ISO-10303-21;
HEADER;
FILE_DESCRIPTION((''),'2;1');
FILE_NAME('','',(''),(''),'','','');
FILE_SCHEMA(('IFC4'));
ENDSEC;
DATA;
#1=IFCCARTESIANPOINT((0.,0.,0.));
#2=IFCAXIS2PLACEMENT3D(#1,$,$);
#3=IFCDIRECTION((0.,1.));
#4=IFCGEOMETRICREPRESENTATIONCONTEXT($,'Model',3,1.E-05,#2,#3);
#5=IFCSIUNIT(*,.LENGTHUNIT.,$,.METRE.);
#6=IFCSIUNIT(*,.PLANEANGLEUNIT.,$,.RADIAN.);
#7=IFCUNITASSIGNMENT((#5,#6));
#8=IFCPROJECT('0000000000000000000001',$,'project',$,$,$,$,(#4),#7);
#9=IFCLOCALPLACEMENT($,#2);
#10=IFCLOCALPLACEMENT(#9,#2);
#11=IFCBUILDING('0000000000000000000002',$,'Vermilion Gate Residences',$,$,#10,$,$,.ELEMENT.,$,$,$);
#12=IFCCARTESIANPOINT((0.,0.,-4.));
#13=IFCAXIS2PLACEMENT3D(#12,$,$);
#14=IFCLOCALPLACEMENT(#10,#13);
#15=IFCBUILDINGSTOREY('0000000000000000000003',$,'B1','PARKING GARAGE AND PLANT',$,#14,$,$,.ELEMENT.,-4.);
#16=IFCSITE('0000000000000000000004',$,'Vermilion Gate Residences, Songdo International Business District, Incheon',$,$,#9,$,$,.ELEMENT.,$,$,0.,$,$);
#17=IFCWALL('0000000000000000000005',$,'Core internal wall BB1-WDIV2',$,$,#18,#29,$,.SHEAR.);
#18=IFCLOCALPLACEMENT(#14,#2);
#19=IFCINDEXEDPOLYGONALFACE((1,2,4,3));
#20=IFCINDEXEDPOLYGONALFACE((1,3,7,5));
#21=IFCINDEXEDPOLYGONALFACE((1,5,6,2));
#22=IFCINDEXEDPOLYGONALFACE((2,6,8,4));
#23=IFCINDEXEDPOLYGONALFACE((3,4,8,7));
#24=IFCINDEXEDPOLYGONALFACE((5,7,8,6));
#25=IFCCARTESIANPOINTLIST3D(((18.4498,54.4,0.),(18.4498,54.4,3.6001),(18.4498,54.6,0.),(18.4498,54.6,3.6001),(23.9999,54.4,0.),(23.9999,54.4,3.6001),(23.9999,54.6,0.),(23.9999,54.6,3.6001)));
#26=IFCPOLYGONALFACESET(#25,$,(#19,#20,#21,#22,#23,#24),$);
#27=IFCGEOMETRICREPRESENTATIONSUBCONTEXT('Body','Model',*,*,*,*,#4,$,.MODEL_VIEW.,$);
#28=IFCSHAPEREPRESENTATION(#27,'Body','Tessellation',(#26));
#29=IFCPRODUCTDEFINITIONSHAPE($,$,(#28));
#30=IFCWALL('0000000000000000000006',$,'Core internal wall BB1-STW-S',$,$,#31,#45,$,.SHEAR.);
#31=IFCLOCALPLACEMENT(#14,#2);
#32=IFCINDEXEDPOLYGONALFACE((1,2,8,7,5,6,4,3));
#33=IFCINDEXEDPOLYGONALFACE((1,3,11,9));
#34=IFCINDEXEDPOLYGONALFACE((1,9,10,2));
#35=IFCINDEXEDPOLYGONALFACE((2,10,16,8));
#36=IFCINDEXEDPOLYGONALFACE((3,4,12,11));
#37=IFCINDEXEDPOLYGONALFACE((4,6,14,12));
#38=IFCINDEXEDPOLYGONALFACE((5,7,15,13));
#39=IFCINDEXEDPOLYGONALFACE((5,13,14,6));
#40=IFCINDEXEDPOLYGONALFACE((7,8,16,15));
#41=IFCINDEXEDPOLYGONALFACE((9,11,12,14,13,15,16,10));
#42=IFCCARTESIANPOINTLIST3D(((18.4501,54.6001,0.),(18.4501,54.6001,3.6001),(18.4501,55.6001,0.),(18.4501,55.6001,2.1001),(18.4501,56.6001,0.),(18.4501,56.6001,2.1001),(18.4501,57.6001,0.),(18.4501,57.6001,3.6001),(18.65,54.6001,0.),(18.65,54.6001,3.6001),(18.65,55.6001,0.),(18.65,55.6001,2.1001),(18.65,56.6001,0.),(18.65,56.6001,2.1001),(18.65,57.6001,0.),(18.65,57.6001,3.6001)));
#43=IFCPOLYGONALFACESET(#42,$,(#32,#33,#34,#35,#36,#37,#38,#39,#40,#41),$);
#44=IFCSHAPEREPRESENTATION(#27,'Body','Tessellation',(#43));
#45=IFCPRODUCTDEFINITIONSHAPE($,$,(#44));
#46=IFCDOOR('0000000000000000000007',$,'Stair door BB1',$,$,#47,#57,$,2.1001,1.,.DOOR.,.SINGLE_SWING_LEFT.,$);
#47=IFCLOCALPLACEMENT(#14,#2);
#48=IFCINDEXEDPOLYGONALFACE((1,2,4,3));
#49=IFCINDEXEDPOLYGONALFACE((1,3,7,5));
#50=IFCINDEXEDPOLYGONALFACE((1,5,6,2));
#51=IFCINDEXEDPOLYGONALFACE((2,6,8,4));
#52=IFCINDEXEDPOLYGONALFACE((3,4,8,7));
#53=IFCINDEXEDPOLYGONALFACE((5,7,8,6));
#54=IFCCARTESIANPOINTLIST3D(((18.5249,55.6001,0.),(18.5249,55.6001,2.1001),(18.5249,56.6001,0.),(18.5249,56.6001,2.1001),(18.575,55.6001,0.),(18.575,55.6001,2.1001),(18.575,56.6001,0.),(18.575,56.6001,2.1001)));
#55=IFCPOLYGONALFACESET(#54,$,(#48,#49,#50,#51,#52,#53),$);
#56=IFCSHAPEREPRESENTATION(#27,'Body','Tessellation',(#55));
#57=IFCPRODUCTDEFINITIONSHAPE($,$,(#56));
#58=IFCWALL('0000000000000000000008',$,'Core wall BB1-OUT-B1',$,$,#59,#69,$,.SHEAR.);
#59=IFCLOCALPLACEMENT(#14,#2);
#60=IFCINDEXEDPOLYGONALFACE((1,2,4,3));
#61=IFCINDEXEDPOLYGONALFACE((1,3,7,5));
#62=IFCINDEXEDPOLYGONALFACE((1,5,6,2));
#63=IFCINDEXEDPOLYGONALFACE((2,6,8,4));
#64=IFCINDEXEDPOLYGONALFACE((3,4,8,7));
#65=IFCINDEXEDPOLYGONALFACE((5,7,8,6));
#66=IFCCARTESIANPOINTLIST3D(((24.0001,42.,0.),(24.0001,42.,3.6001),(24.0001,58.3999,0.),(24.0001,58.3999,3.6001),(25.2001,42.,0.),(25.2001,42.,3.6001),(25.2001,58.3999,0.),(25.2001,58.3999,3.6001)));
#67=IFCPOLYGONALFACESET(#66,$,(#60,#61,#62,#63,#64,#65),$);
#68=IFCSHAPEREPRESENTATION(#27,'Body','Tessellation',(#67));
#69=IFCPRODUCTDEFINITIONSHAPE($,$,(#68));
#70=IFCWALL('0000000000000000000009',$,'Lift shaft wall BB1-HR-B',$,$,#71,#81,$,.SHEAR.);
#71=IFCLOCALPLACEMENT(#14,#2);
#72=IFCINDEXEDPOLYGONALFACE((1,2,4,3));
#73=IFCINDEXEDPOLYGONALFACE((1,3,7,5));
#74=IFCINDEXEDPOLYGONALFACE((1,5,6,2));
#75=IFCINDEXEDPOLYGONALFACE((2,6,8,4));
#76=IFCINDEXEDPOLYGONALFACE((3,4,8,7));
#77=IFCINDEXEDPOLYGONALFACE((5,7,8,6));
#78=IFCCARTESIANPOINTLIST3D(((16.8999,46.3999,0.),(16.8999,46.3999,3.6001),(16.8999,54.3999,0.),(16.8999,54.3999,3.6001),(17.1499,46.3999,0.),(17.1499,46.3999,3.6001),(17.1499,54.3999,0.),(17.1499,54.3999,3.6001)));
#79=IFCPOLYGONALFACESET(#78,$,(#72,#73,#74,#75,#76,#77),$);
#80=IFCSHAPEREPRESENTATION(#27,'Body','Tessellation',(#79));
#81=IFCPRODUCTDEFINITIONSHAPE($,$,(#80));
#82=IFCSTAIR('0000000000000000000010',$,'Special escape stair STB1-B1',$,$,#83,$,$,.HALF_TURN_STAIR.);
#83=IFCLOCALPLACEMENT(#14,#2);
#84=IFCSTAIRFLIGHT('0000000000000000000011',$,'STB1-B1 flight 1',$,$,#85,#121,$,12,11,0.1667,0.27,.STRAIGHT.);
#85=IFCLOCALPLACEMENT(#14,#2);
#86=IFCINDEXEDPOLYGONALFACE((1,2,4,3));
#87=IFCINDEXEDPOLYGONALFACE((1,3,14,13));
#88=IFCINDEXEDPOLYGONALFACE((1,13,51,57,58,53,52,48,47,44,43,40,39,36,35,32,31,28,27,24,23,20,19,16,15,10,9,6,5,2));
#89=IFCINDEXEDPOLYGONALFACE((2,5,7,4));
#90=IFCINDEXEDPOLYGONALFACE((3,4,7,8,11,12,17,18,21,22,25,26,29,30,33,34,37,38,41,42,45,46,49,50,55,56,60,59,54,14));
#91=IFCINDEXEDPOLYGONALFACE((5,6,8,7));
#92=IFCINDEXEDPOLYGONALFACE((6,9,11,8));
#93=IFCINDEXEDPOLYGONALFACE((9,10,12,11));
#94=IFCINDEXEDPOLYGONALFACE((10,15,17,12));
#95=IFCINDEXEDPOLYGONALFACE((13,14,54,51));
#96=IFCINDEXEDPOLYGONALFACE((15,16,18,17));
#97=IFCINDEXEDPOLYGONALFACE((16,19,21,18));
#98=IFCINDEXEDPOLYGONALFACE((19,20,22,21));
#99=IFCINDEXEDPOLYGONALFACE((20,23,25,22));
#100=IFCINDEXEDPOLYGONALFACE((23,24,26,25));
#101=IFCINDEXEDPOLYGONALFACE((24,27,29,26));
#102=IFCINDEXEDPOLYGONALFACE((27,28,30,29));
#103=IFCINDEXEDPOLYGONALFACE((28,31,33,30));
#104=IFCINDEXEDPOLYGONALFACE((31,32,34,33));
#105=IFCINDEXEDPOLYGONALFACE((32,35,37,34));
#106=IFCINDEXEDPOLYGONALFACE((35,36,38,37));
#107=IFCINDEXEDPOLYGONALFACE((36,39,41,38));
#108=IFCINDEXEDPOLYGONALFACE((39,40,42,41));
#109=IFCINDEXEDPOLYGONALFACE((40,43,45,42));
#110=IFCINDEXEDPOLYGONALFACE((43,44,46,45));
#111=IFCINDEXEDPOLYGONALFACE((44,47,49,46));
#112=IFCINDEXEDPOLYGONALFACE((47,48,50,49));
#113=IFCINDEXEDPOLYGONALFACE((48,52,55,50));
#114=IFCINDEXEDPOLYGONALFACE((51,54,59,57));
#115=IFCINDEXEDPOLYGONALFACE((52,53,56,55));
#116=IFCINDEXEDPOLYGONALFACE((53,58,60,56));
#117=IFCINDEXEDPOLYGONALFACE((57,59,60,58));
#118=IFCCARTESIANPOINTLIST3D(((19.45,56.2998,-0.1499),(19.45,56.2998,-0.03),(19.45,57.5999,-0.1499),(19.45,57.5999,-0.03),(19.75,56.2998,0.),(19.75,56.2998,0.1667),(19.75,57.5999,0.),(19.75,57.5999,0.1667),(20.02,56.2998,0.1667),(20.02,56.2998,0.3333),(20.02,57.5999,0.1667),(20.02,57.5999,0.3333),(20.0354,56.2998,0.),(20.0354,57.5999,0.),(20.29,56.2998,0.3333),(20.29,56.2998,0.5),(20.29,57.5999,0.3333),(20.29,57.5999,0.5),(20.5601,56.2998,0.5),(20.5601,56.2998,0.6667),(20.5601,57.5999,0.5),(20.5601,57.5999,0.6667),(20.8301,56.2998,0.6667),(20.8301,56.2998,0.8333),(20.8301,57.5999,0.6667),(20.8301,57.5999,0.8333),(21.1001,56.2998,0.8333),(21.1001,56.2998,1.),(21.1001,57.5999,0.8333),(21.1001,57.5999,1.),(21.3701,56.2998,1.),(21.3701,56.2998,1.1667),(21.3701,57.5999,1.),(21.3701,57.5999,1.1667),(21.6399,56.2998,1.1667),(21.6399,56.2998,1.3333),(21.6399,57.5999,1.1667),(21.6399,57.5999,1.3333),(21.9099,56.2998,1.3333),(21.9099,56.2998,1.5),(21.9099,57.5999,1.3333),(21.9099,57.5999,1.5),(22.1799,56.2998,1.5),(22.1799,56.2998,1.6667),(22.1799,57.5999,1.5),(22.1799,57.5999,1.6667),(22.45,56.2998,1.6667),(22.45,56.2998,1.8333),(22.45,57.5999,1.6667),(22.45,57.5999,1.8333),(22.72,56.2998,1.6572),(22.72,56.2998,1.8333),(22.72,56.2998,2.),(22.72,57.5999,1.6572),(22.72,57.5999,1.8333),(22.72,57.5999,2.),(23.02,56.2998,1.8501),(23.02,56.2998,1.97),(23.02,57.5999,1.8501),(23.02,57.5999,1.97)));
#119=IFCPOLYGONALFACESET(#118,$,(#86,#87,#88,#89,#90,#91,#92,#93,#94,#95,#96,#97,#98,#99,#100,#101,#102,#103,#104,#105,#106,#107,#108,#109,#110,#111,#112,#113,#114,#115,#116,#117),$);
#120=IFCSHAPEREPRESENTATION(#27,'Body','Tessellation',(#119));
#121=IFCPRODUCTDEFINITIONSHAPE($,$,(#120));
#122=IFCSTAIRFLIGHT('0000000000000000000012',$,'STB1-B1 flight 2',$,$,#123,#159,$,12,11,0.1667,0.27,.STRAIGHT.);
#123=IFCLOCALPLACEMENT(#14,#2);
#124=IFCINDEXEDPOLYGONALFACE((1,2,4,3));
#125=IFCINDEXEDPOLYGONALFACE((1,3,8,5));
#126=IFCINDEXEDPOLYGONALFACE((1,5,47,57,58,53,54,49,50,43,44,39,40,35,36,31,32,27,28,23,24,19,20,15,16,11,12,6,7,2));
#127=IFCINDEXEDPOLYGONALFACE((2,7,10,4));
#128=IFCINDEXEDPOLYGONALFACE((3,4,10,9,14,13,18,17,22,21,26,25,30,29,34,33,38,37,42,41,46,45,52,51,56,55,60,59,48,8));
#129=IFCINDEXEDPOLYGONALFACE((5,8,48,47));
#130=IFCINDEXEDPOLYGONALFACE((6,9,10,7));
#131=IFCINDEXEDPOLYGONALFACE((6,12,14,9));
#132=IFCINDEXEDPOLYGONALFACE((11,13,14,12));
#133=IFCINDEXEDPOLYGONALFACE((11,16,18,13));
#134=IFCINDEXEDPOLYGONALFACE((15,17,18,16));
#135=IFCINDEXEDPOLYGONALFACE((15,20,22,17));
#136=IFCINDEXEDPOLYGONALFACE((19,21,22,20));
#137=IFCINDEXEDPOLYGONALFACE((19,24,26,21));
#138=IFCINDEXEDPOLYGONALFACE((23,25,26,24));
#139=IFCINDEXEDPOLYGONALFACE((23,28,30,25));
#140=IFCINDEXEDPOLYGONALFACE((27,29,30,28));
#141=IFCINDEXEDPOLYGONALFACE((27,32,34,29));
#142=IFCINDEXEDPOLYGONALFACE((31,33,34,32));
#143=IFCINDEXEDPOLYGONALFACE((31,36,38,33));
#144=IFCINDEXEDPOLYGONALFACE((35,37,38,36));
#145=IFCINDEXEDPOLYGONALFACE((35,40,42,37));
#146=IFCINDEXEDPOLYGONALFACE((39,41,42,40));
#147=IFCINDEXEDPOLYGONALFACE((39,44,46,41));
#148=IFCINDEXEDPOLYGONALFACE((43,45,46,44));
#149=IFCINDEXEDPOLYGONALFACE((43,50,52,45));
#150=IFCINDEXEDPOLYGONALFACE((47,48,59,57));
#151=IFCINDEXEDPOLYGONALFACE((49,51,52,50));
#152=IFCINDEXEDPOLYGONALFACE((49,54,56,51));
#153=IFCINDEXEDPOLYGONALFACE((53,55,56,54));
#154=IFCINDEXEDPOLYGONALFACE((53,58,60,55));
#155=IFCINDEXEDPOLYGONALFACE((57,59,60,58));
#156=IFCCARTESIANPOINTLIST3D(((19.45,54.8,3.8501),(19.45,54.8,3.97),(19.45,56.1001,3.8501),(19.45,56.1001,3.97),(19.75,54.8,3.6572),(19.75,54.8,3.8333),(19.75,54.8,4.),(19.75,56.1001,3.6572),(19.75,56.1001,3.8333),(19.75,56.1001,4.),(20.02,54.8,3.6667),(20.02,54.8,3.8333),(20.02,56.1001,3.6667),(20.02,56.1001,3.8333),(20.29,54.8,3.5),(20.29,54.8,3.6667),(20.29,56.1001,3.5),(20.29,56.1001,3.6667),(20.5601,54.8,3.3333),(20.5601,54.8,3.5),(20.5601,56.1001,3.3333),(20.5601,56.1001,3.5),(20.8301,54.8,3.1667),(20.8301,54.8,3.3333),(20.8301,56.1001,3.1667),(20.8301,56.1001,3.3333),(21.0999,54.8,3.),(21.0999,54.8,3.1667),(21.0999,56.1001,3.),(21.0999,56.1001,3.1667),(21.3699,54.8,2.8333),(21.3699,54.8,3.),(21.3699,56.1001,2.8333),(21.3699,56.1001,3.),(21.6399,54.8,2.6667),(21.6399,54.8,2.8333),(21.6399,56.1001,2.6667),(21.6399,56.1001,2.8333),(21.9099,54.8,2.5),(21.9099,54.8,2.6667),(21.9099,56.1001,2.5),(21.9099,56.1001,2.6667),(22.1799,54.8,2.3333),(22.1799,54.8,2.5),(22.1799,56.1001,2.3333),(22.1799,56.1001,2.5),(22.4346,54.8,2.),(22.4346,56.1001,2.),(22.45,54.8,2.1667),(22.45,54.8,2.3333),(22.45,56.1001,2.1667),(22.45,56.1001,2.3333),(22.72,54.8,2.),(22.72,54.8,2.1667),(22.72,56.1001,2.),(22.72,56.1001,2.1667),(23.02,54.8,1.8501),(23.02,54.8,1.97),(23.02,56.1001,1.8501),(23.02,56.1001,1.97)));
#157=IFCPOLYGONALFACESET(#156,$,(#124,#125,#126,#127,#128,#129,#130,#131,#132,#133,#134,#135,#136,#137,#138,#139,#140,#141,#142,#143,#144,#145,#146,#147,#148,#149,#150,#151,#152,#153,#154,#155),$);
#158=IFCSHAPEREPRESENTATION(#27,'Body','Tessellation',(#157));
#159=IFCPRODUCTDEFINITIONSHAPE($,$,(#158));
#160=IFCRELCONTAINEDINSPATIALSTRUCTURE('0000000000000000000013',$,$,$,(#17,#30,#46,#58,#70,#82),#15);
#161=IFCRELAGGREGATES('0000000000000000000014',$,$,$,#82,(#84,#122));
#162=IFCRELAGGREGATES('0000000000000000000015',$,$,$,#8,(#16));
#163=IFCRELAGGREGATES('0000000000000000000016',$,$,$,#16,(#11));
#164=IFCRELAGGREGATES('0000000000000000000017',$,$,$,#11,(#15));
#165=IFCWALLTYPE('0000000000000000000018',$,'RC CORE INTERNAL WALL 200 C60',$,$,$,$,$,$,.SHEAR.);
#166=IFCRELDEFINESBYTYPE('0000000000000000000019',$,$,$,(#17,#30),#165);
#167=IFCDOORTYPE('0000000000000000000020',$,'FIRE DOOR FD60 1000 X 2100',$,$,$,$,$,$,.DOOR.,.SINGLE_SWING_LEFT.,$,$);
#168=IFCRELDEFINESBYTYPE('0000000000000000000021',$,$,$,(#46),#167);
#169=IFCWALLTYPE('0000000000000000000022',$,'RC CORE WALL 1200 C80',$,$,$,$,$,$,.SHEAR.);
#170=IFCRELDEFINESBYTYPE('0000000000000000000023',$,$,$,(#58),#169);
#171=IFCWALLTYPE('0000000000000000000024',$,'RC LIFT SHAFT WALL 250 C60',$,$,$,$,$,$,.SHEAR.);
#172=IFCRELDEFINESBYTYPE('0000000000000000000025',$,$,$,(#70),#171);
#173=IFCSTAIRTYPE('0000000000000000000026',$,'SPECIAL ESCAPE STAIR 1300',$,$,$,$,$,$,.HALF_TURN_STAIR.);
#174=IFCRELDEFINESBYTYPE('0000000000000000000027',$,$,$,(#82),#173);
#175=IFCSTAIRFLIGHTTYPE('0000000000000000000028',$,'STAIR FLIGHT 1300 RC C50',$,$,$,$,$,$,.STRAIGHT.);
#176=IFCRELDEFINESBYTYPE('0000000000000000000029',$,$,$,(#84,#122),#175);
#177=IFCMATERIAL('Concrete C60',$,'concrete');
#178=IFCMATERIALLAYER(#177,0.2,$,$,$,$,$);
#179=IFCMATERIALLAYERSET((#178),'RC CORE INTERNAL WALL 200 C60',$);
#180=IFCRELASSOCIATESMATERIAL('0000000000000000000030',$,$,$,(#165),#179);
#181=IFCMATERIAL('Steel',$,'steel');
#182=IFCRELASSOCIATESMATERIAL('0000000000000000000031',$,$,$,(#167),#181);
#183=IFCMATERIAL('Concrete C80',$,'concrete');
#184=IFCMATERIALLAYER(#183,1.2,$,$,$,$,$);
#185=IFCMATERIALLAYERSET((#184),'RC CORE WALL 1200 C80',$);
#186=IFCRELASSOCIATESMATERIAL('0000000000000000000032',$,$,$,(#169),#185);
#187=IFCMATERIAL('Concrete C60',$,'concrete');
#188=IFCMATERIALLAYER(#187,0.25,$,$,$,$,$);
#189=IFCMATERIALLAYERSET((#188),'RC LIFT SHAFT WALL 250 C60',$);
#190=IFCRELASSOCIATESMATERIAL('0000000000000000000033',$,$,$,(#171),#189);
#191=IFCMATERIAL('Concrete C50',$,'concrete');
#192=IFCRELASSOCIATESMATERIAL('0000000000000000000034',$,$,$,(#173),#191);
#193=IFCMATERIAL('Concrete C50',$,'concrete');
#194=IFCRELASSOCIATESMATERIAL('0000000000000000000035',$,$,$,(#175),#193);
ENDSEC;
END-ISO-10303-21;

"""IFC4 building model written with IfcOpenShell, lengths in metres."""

from ifc_helpers import new_model, si_unit, direction, frame, frame_2d, origin, place, context, subcontext, project, spatial, polyline, rectangle, outline, extrude, material, layer, layer_set, type_object, element, fill, aggregate, save


model = new_model("IFC4")

# Units and contexts
model_context = context("Model", 3, precision=1e-05, world=origin(), true_north=direction((0.0, 1.0)))
body_context = subcontext(model_context, "Body", "Model", "MODEL_VIEW")
ifc_project = project(units=[si_unit("LENGTHUNIT", "METRE"), si_unit("PLANEANGLEUNIT", "RADIAN")], contexts=[model_context])

# Site, building, storey
site_placement = place(None, origin())
site = spatial("IfcSite", under=ifc_project, at=site_placement, Name="Vermilion Gate Residences, Songdo International Business District, Incheon", CompositionType="ELEMENT", RefElevation=0.0)
building_placement = place(site_placement, origin())
building = spatial("IfcBuilding", under=site, at=building_placement, Name="Vermilion Gate Residences", CompositionType="ELEMENT")
storey_placement = place(building_placement, frame((0.0, 0.0, -4.0)))
storey = spatial("IfcBuildingStorey", under=building, at=storey_placement, Name="B1", Description="PARKING GARAGE AND PLANT", CompositionType="ELEMENT", Elevation=-4.0)

# Shared definitions
ifc_material_1 = material(Name="Concrete C60", Category="concrete")
ifc_layer_1 = layer(ifc_material_1, 0.2)
ifc_layer_set_1 = layer_set([ifc_layer_1], Name="RC CORE INTERNAL WALL 200 C60")
wall_type_1 = type_object("IfcWallType", Name="RC CORE INTERNAL WALL 200 C60", PredefinedType="SHEAR", material=ifc_layer_set_1)

# Wall
wall_1_placement = place(storey_placement, frame((18.45, 54.5, 0.0), z_axis=(0.0, 0.0, 1.0), x_axis=(1.0, 0.0, 0.0)))
element("IfcWall", 1, at=wall_1_placement, inside=storey, type_object=wall_type_1, Name="Core internal wall BB1-WDIV2", PredefinedType="SHEAR", context=body_context, shape_type="SweptSolid", body=[
    extrude(rectangle(XDim=5.55, YDim=0.2, at=frame_2d((2.7749, 0.0))), origin(), (0.0, 0.0, 1.0), 3.6001),
])

# Wall, opening, door
wall_2_placement = place(storey_placement, frame((18.55, 57.6001, 0.0), z_axis=(0.0, 0.0, 1.0), x_axis=(0.0, -1.0, 0.0)))
wall_2 = element("IfcWall", 2, at=wall_2_placement, inside=storey, type_object=wall_type_1, Name="Core internal wall BB1-STW-S", PredefinedType="SHEAR", context=body_context, shape_type="SweptSolid", body=[
    extrude(rectangle(XDim=3.0, YDim=0.2, at=frame_2d((1.5, 0.0))), origin(), (0.0, 0.0, 1.0), 3.6001),
])
opening_1_placement = place(wall_2_placement, frame((1.0, 0.0, 0.0)))
opening_1 = element("IfcOpeningElement", 3, at=opening_1_placement, cuts=wall_2, PredefinedType="OPENING", context=body_context, shape_type="SweptSolid", body=[
    extrude(rectangle(XDim=1.0, YDim=2.1001, at=frame_2d((0.5, 1.05))), frame((0.0, 0.1099, 0.0), z_axis=(0.0, -1.0, 0.0), x_axis=(1.0, 0.0, 0.0)), (0.0, 0.0, 1.0), 0.22),
])
ifc_material_2 = material(Name="Steel", Category="steel")
door_type_1 = type_object("IfcDoorType", Name="FIRE DOOR FD60 1000 X 2100", OperationType="SINGLE_SWING_LEFT", PredefinedType="DOOR", material=ifc_material_2)
door_1_placement = place(opening_1_placement, origin())
door_1 = element("IfcDoor", 4, at=door_1_placement, inside=storey, type_object=door_type_1, Name="Stair door BB1", OperationType="SINGLE_SWING_LEFT", OverallHeight=2.1001, OverallWidth=1.0, PredefinedType="DOOR", context=body_context, shape_type="SweptSolid", body=[
    extrude(rectangle(XDim=1.0, YDim=2.1001, at=frame_2d((0.5, 1.05))), frame((0.0, 0.0249, 0.0), z_axis=(0.0, -1.0, 0.0), x_axis=(1.0, 0.0, 0.0)), (0.0, 0.0, 1.0), 0.05),
])
fill(opening_1, door_1)

# Walls
ifc_material_3 = material(Name="Concrete C80", Category="concrete")
ifc_layer_2 = layer(ifc_material_3, 1.2)
ifc_layer_set_2 = layer_set([ifc_layer_2], Name="RC CORE WALL 1200 C80")
wall_type_2 = type_object("IfcWallType", Name="RC CORE WALL 1200 C80", PredefinedType="SHEAR", material=ifc_layer_set_2)
wall_3_placement = place(storey_placement, frame((24.6001, 58.3999, 0.0), z_axis=(0.0, 0.0, 1.0), x_axis=(0.0, -1.0, 0.0)))
element("IfcWall", 5, at=wall_3_placement, inside=storey, type_object=wall_type_2, Name="Core wall BB1-OUT-B1", PredefinedType="SHEAR", context=body_context, shape_type="SweptSolid", body=[
    extrude(rectangle(XDim=16.3999, YDim=1.2, at=frame_2d((8.2, 0.0))), origin(), (0.0, 0.0, 1.0), 3.6001),
])
ifc_material_4 = material(Name="Concrete C60", Category="concrete")
ifc_layer_3 = layer(ifc_material_4, 0.25)
ifc_layer_set_3 = layer_set([ifc_layer_3], Name="RC LIFT SHAFT WALL 250 C60")
wall_type_3 = type_object("IfcWallType", Name="RC LIFT SHAFT WALL 250 C60", PredefinedType="SHEAR", material=ifc_layer_set_3)
wall_4_placement = place(storey_placement, frame((17.0249, 54.3999, 0.0), z_axis=(0.0, 0.0, 1.0), x_axis=(0.0, -1.0, 0.0)))
element("IfcWall", 6, at=wall_4_placement, inside=storey, type_object=wall_type_3, Name="Lift shaft wall BB1-HR-B", PredefinedType="SHEAR", context=body_context, shape_type="SweptSolid", body=[
    extrude(rectangle(XDim=8.0, YDim=0.25, at=frame_2d((4.0, 0.0))), origin(), (0.0, 0.0, 1.0), 3.6001),
])

# Stair, stair flights
ifc_material_5 = material(Name="Concrete C50", Category="concrete")
stair_type = type_object("IfcStairType", Name="SPECIAL ESCAPE STAIR 1300", PredefinedType="HALF_TURN_STAIR", material=ifc_material_5)
stair_placement = place(storey_placement, origin())
stair = element("IfcStair", 7, at=stair_placement, inside=storey, type_object=stair_type, Name="Special escape stair STB1-B1", PredefinedType="HALF_TURN_STAIR")
ifc_material_6 = material(Name="Concrete C50", Category="concrete")
stair_flight_type = type_object("IfcStairFlightType", Name="STAIR FLIGHT 1300 RC C50", PredefinedType="STRAIGHT", material=ifc_material_6)
stair_flight_1_placement = place(storey_placement, frame((19.75, 56.95, 0.0), z_axis=(0.0, 0.0, 1.0), x_axis=(1.0, 0.0, 0.0)))
stair_flight_1 = element("IfcStairFlight", 8, at=stair_flight_1_placement, type_object=stair_flight_type, Name="STB1-B1 flight 1", NumberOfRisers=12, NumberOfTreads=11, PredefinedType="STRAIGHT", RiserHeight=0.1667, TreadLength=0.27, context=body_context, shape_type="SweptSolid", body=[
    extrude(outline(polyline([(-0.3, -0.1499), (-0.3, -0.03), (0.0, 0.0), (0.0, 0.1667), (0.27, 0.1667), (0.27, 0.3333), (0.54, 0.3333), (0.54, 0.5), (0.8101, 0.5), (0.8101, 0.6667), (1.0801, 0.6667), (1.0801, 0.8333), (1.3501, 0.8333), (1.3501, 1.0), (1.6201, 1.0), (1.6201, 1.1667), (1.8899, 1.1667), (1.8899, 1.3333), (2.1599, 1.3333), (2.1599, 1.5), (2.4299, 1.5), (2.4299, 1.6667), (2.7, 1.6667), (2.7, 1.8333), (2.97, 1.8333), (2.97, 2.0), (3.27, 1.97), (3.27, 1.8501), (2.97, 1.6572), (0.2854, 0.0), (-0.3, -0.1499)])), frame((0.0, 0.6499, 0.0), z_axis=(0.0, -1.0, 0.0), x_axis=(1.0, 0.0, 0.0)), (0.0, 0.0, 1.0), 1.3),
])
stair_flight_2_placement = place(storey_placement, frame((22.72, 55.45, 2.0), z_axis=(0.0, 0.0, 1.0), x_axis=(-1.0, 0.0, 0.0)))
stair_flight_2 = element("IfcStairFlight", 9, at=stair_flight_2_placement, type_object=stair_flight_type, Name="STB1-B1 flight 2", NumberOfRisers=12, NumberOfTreads=11, PredefinedType="STRAIGHT", RiserHeight=0.1667, TreadLength=0.27, context=body_context, shape_type="SweptSolid", body=[
    extrude(outline(polyline([(-0.3, -0.1499), (-0.3, -0.03), (0.0, 0.0), (0.0, 0.1667), (0.27, 0.1667), (0.27, 0.3333), (0.54, 0.3333), (0.54, 0.5), (0.8101, 0.5), (0.8101, 0.6667), (1.0801, 0.6667), (1.0801, 0.8333), (1.3501, 0.8333), (1.3501, 1.0), (1.6201, 1.0), (1.6201, 1.1667), (1.8899, 1.1667), (1.8899, 1.3333), (2.1599, 1.3333), (2.1599, 1.5), (2.4299, 1.5), (2.4299, 1.6667), (2.7, 1.6667), (2.7, 1.8333), (2.97, 1.8333), (2.97, 2.0), (3.27, 1.97), (3.27, 1.8501), (2.97, 1.6572), (0.2854, 0.0), (-0.3, -0.1499)])), frame((0.0, 0.6499, 0.0), z_axis=(0.0, -1.0, 0.0), x_axis=(1.0, 0.0, 0.0)), (0.0, 0.0, 1.0), 1.3),
])
aggregate(stair, [stair_flight_1, stair_flight_2])

save(model, "model.ifc")
